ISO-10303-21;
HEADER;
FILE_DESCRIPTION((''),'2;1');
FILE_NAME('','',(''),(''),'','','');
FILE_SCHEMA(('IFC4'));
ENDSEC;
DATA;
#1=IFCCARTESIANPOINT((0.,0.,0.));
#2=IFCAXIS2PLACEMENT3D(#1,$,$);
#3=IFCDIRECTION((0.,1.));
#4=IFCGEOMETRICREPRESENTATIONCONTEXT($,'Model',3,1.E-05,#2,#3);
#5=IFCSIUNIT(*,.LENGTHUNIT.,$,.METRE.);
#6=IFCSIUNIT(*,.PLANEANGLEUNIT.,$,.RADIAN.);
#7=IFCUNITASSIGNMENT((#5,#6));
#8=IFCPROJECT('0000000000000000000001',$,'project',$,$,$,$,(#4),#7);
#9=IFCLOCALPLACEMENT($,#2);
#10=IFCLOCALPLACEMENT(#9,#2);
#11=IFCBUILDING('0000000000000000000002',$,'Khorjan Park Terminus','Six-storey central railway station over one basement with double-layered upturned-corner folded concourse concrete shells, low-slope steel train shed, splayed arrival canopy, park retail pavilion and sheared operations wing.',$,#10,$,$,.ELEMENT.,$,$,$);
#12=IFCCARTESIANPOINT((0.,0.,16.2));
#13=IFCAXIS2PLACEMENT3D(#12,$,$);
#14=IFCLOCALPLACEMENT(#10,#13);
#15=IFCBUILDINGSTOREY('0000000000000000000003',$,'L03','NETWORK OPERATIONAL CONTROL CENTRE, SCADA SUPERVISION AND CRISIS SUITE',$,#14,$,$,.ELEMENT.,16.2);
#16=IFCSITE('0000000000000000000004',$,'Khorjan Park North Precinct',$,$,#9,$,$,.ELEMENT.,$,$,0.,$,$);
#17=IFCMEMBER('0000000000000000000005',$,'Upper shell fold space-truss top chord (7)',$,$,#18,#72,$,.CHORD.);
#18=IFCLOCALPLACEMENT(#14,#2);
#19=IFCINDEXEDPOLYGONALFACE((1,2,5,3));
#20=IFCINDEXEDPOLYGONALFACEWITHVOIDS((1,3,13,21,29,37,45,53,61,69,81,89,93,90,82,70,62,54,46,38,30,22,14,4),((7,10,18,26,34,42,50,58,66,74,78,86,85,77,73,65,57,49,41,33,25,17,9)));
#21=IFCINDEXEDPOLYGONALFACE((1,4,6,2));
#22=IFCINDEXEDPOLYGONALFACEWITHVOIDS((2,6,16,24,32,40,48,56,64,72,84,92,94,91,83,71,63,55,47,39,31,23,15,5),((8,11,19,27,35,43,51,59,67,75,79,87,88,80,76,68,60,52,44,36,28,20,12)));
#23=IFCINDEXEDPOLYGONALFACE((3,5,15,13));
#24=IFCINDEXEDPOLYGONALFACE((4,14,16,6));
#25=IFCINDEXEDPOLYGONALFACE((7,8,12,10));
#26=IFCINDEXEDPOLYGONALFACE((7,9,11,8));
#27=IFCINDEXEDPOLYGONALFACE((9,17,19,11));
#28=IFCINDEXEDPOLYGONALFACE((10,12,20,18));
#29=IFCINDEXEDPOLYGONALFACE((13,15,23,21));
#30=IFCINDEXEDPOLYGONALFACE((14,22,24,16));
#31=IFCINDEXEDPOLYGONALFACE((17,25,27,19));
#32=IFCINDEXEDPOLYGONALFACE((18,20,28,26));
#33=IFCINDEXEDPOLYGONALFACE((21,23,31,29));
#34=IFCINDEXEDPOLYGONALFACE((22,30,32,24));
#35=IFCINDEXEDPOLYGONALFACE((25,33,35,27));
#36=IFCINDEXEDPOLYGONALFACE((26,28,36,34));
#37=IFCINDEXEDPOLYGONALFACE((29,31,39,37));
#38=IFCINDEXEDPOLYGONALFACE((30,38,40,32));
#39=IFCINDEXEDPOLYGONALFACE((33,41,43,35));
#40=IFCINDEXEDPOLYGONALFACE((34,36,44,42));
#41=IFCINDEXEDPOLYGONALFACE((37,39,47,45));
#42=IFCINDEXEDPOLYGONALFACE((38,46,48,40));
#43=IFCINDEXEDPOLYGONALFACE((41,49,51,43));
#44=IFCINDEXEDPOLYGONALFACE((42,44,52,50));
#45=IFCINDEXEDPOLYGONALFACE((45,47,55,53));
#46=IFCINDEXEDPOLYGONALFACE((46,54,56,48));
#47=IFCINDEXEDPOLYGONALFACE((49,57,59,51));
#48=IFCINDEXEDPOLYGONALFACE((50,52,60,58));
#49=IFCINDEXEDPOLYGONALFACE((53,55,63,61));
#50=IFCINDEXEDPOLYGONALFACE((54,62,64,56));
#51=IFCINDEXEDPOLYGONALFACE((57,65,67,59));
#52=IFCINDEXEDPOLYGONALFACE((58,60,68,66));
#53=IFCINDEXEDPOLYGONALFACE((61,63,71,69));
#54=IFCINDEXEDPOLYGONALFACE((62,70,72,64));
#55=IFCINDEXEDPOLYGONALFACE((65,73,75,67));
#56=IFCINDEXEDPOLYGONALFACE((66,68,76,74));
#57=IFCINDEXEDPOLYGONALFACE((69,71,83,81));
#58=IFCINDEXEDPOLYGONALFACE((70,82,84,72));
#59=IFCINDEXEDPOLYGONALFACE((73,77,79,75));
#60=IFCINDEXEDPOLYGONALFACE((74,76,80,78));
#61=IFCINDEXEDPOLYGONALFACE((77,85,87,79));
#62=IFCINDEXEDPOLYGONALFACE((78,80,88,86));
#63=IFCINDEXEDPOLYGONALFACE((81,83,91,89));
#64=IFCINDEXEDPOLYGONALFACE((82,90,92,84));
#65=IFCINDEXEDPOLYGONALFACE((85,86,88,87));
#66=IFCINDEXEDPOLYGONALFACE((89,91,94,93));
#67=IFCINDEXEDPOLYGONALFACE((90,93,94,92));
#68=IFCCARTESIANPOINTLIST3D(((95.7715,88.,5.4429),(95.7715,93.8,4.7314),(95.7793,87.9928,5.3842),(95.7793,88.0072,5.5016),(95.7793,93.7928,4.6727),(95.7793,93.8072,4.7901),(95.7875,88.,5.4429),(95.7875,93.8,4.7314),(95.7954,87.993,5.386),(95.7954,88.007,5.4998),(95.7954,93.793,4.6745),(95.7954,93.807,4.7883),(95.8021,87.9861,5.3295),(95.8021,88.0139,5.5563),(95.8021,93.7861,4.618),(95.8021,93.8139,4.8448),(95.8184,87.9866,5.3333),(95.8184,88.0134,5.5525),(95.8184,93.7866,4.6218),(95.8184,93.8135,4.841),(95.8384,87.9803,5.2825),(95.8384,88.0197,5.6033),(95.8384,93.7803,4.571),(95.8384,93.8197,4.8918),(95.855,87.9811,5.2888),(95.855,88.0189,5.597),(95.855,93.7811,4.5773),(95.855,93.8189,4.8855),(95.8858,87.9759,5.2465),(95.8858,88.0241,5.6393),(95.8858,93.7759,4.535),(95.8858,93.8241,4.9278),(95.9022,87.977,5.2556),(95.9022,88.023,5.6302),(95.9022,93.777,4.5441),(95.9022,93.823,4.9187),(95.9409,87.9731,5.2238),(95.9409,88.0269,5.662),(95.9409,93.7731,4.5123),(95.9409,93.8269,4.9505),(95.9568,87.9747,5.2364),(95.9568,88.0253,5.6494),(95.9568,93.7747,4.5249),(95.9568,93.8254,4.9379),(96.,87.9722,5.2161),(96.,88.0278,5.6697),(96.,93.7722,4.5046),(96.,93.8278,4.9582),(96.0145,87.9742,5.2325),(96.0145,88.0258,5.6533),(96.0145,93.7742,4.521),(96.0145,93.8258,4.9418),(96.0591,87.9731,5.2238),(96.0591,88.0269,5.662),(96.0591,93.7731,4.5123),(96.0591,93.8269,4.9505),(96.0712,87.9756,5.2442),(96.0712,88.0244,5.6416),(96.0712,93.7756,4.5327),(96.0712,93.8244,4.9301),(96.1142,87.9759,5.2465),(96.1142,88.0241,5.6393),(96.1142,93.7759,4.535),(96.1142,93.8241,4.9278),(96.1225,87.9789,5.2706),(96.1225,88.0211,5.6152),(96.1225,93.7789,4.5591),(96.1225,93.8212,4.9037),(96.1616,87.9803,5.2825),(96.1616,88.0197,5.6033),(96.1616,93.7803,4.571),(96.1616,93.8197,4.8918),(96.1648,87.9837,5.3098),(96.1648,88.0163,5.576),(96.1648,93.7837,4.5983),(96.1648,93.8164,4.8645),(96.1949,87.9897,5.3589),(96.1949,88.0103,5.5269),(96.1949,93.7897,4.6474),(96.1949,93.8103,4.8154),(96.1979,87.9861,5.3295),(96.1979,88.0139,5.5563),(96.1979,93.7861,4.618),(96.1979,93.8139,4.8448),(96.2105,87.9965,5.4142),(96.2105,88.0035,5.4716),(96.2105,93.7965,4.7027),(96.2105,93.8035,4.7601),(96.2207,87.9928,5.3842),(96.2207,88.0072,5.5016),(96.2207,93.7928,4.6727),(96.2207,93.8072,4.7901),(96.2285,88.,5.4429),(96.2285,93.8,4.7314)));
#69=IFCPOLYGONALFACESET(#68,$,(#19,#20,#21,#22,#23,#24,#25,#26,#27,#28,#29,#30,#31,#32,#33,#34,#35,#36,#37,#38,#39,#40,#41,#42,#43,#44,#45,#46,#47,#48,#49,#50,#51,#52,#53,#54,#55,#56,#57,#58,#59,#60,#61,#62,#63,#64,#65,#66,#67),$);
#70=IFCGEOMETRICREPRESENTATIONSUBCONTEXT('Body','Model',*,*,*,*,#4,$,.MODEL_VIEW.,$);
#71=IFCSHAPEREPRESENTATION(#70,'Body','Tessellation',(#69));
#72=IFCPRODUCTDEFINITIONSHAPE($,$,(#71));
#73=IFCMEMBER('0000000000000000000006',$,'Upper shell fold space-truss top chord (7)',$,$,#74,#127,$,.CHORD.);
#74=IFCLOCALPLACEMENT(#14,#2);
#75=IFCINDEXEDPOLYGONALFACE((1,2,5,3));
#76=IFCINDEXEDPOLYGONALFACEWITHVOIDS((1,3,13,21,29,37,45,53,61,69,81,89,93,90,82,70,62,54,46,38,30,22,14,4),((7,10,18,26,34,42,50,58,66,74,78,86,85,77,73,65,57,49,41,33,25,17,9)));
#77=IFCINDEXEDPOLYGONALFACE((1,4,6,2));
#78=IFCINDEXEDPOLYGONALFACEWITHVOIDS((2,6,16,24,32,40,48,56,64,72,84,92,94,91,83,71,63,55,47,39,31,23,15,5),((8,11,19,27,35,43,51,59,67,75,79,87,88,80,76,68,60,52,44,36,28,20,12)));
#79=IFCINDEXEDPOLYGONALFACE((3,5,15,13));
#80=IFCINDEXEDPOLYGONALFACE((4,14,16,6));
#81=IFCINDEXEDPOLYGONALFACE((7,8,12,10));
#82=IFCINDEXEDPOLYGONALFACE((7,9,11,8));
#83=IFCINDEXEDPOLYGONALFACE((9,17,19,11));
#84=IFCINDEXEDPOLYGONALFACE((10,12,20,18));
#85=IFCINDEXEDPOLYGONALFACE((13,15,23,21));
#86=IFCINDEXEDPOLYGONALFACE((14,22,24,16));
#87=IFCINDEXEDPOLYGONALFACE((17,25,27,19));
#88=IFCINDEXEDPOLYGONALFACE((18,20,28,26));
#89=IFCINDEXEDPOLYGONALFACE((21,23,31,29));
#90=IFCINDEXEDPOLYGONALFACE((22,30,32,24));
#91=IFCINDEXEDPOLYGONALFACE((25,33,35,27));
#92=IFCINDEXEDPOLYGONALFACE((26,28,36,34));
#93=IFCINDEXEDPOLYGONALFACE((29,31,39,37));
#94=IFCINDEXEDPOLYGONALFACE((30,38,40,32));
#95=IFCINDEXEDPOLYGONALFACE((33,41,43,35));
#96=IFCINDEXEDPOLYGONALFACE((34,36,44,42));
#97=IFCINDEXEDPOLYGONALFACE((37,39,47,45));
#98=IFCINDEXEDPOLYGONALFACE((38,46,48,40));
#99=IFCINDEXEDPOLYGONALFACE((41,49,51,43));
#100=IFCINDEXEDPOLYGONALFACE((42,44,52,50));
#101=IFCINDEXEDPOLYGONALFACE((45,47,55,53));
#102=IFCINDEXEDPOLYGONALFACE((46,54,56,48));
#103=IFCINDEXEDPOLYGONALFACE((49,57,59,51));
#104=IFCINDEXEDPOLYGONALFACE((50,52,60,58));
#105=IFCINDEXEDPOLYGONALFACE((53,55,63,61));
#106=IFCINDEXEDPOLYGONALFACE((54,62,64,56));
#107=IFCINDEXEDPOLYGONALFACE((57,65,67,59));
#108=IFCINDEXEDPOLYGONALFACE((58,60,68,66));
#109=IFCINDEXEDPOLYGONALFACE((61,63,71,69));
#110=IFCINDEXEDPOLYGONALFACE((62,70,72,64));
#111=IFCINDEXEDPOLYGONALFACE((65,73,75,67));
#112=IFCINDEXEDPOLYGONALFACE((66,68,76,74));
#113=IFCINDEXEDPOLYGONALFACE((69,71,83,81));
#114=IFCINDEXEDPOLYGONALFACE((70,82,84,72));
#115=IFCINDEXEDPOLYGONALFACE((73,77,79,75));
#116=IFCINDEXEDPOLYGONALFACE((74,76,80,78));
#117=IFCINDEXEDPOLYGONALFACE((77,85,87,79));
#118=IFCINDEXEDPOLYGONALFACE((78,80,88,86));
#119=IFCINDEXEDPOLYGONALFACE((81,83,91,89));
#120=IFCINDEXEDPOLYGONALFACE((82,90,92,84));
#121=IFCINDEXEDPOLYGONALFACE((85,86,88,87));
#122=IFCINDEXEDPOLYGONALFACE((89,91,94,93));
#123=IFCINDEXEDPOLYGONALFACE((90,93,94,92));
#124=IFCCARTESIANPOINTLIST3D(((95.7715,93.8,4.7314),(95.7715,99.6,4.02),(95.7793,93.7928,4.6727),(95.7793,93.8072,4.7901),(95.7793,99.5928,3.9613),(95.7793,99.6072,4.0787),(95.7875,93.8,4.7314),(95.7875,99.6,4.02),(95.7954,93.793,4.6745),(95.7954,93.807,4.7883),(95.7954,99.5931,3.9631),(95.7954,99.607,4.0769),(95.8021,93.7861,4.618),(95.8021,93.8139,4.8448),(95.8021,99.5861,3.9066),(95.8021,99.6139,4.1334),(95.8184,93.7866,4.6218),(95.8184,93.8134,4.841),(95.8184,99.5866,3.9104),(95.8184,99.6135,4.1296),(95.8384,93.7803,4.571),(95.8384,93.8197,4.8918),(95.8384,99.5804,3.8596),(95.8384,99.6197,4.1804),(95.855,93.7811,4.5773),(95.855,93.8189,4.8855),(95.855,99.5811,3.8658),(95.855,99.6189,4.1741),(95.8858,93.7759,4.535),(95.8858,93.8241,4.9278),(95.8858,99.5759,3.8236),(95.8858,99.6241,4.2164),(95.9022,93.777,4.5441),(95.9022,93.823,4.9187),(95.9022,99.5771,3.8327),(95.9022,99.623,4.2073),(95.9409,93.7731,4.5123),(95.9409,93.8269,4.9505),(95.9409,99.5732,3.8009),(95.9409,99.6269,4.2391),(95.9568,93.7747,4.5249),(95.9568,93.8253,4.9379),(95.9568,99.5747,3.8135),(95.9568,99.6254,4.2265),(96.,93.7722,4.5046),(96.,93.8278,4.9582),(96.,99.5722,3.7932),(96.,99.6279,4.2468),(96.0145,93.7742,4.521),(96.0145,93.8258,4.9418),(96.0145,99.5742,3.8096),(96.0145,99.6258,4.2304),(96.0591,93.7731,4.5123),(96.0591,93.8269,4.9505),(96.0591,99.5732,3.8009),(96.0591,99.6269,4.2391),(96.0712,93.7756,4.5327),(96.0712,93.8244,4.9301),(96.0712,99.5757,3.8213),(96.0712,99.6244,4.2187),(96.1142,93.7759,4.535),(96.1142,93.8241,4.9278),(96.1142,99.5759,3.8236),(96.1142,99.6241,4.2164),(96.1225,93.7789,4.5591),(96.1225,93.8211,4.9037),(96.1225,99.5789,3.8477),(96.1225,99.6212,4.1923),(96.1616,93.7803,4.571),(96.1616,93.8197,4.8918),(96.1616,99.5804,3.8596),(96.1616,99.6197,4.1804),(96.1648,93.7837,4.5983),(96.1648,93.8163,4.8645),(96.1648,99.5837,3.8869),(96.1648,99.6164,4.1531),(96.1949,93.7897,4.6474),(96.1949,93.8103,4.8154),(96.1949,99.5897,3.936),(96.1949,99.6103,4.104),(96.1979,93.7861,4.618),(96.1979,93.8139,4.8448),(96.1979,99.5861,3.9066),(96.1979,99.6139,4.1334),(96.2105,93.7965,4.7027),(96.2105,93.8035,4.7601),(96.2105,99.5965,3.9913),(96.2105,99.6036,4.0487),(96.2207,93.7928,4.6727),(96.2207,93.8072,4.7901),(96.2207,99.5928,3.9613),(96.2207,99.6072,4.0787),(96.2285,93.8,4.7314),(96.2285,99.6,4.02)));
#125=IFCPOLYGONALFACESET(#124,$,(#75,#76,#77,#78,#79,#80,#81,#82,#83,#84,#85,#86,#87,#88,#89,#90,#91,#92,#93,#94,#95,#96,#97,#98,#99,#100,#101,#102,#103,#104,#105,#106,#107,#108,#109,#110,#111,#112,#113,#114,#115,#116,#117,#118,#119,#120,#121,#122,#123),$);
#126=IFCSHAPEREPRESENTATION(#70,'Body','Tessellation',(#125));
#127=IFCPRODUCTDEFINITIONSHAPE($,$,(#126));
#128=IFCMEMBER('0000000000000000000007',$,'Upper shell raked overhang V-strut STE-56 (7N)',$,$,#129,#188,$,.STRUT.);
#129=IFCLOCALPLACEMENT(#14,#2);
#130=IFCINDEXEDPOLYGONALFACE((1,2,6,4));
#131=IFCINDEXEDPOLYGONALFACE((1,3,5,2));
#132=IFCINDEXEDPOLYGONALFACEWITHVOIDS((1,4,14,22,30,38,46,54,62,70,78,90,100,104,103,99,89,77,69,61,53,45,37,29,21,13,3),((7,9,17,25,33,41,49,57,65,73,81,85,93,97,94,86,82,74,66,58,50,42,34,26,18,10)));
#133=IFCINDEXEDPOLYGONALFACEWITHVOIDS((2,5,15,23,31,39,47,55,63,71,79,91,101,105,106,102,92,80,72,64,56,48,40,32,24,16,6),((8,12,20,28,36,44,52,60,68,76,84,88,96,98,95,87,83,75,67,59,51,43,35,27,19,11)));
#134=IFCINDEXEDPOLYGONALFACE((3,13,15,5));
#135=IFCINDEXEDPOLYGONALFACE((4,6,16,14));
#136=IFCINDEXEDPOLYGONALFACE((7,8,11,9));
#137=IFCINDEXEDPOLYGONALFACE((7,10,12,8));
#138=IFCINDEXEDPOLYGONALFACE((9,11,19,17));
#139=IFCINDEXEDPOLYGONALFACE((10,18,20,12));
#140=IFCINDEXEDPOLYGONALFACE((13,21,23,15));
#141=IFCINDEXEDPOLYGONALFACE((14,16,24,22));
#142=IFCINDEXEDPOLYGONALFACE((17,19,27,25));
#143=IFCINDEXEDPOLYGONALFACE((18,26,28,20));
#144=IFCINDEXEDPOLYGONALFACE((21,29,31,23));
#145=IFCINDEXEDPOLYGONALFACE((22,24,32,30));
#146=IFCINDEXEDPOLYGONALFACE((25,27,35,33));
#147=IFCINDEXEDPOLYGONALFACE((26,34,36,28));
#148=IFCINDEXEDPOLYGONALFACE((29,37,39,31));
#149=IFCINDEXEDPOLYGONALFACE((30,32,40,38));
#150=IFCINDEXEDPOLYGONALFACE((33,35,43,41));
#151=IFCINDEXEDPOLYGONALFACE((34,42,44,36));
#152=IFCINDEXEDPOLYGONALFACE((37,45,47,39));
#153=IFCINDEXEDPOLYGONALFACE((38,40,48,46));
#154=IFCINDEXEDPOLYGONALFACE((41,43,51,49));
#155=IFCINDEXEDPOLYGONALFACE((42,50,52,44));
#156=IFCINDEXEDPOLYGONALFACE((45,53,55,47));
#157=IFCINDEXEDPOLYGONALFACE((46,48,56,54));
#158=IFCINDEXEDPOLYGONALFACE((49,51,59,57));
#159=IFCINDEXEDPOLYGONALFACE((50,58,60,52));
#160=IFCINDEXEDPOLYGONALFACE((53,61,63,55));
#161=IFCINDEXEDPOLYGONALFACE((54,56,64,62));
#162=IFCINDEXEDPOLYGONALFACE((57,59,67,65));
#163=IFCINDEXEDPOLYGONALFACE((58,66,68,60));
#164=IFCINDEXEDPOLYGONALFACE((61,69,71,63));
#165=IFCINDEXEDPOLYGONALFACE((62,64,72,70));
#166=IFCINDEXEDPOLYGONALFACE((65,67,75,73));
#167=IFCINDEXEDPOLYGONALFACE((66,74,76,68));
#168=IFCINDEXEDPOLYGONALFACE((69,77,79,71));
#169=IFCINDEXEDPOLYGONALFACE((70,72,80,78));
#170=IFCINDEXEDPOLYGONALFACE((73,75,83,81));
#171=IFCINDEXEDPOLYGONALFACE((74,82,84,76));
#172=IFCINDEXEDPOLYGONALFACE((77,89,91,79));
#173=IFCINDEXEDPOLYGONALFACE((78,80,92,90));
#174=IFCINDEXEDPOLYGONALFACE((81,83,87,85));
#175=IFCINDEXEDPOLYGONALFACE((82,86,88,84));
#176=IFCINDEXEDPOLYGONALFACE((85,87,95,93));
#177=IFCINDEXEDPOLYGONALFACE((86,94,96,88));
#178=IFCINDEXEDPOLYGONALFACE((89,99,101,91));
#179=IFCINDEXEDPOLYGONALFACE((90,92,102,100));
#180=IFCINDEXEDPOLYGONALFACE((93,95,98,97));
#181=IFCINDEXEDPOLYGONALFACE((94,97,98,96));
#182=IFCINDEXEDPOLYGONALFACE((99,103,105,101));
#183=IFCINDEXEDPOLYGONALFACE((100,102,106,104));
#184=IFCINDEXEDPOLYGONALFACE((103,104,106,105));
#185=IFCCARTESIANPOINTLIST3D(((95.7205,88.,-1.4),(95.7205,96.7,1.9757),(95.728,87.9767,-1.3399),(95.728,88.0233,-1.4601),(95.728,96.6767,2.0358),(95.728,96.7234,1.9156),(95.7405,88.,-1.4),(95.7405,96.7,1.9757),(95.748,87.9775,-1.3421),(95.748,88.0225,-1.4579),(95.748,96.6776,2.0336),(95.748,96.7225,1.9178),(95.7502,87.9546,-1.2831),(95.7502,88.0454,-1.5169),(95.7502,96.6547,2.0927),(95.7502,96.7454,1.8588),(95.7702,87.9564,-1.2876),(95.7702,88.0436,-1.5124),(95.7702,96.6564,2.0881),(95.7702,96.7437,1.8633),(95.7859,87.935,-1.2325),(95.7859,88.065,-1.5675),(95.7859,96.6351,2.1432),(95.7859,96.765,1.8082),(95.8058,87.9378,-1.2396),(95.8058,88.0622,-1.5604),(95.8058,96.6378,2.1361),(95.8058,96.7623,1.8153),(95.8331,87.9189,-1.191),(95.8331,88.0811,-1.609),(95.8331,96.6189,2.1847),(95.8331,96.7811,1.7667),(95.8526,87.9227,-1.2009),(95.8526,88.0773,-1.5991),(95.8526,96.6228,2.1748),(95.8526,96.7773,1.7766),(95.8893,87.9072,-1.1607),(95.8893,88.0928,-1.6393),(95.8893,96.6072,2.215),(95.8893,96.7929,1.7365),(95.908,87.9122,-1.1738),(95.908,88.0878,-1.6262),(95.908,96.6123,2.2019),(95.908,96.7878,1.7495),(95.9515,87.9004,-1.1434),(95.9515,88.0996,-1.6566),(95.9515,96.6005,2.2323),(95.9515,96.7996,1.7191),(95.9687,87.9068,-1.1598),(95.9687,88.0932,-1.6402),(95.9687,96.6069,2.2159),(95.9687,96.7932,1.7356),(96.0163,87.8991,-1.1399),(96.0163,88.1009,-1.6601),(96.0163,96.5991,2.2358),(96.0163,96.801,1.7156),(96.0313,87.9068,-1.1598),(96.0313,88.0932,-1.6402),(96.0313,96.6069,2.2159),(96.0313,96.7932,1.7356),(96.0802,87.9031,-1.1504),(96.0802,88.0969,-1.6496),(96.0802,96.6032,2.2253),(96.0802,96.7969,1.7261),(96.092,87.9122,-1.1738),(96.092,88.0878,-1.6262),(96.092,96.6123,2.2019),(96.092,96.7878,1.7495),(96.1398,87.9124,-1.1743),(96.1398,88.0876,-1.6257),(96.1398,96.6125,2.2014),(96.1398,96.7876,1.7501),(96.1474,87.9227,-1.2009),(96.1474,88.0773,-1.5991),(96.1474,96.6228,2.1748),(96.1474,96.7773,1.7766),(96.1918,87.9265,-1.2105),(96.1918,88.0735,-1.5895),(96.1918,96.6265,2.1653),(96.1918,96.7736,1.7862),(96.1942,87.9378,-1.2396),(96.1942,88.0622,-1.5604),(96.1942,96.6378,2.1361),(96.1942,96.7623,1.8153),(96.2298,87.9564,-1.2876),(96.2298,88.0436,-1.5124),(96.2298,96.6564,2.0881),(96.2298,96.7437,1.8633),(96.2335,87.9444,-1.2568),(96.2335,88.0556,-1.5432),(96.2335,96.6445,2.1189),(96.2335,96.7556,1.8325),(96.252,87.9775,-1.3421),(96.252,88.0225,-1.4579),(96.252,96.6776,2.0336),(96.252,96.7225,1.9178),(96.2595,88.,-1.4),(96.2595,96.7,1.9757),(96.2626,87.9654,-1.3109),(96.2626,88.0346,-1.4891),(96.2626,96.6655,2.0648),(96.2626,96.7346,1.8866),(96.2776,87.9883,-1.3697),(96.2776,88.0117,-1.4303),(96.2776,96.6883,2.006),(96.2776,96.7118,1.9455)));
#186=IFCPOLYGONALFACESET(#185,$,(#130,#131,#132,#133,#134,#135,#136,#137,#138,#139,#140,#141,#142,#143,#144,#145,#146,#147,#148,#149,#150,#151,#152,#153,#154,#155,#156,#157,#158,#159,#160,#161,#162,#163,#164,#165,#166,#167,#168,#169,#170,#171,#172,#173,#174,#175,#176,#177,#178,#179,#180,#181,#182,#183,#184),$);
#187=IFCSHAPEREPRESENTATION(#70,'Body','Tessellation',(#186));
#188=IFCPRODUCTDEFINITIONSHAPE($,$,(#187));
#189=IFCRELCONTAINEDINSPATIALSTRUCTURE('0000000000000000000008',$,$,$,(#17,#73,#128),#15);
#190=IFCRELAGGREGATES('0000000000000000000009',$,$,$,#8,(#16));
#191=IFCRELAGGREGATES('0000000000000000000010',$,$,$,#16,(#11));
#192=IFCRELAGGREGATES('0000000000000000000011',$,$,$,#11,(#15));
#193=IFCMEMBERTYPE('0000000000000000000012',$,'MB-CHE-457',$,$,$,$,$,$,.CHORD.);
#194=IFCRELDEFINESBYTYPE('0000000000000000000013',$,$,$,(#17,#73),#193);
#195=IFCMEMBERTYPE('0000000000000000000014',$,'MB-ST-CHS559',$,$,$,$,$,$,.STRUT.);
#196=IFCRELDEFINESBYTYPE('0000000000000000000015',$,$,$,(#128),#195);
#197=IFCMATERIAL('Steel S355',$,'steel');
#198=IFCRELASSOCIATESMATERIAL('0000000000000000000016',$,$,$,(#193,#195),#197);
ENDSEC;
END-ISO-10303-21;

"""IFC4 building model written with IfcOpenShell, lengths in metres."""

from ifc_helpers import new_model, si_unit, direction, frame, origin, origin_2d, place, context, subcontext, project, spatial, hollow_circle, extrude, material, material_profile, profile_set, type_object, element, save


model = new_model("IFC4")

# Units and contexts
model_context = context("Model", 3, precision=1e-05, world=origin(), true_north=direction((0.0, 1.0)))
body_context = subcontext(model_context, "Body", "Model", "MODEL_VIEW")
ifc_project = project(units=[si_unit("LENGTHUNIT", "METRE"), si_unit("PLANEANGLEUNIT", "RADIAN")], contexts=[model_context])

# Site, building, storey
site_placement = place(None, origin())
site = spatial("IfcSite", under=ifc_project, at=site_placement, Name="Khorjan Park North Precinct", CompositionType="ELEMENT", RefElevation=0.0)
building_placement = place(site_placement, origin())
building = spatial("IfcBuilding", under=site, at=building_placement, Name="Khorjan Park Terminus", Description="Six-storey central railway station over one basement with double-layered upturned-corner folded concourse concrete shells, low-slope steel train shed, splayed arrival canopy, park retail pavilion and sheared operations wing.", CompositionType="ELEMENT")
storey_placement = place(building_placement, frame((0.0, 0.0, 16.2)))
storey = spatial("IfcBuildingStorey", under=building, at=storey_placement, Name="L03", Description="NETWORK OPERATIONAL CONTROL CENTRE, SCADA SUPERVISION AND CRISIS SUITE", CompositionType="ELEMENT", Elevation=16.2)

# Members
ifc_material_1 = material(Name="Steel S355", Category="steel")
ifc_material_profile_1 = material_profile(ifc_material_1, hollow_circle(Radius=0.2285, WallThickness=0.016, at=origin_2d()), Name="CHS 457x16")
ifc_profile_set_1 = profile_set([ifc_material_profile_1], Name="Steel S355")
member_type_1 = type_object("IfcMemberType", Name="MB-CHE-457", PredefinedType="CHORD", material=ifc_profile_set_1)
for number, where, z_axis, x_axis, name in (
    (1, (96.0, 88.0, 5.4429), (0.0, 0.99256, -0.12176), (-1.0, 0.0, 0.0), "Upper shell fold space-truss top chord (7)"),
    (2, (96.0, 93.8, 4.7314), (0.0, 0.992562, -0.121743), (-1.0, 0.0, 0.0), "Upper shell fold space-truss top chord (7)"),
):
    element("IfcMember", number, at=place(storey_placement, frame(where, z_axis=z_axis, x_axis=x_axis)), inside=storey, type_object=member_type_1, Name=name, PredefinedType="CHORD", context=body_context, shape_type="SweptSolid", body=[
        extrude(hollow_circle(Radius=0.2285, WallThickness=0.016, at=origin_2d()), origin(), (0.0, 0.0, 1.0), 5.8435),
    ])
ifc_material_profile_2 = material_profile(ifc_material_1, hollow_circle(Radius=0.2795, WallThickness=0.02, at=origin_2d()), Name="CHS 559x20")
ifc_profile_set_2 = profile_set([ifc_material_profile_2], Name="Steel S355")
member_type_2 = type_object("IfcMemberType", Name="MB-ST-CHS559", PredefinedType="STRUT", material=ifc_profile_set_2)
member_1_placement = place(storey_placement, frame((96.0, 88.0, -1.4), z_axis=(0.0, 0.932281, 0.361736), x_axis=(-1.0, 0.0, 0.0)))
element("IfcMember", 3, at=member_1_placement, inside=storey, type_object=member_type_2, Name="Upper shell raked overhang V-strut STE-56 (7N)", PredefinedType="STRUT", context=body_context, shape_type="SweptSolid", body=[
    extrude(hollow_circle(Radius=0.2795, WallThickness=0.02, at=origin_2d()), origin(), (0.0, 0.0, 1.0), 9.332),
])

save(model, "model.ifc")
